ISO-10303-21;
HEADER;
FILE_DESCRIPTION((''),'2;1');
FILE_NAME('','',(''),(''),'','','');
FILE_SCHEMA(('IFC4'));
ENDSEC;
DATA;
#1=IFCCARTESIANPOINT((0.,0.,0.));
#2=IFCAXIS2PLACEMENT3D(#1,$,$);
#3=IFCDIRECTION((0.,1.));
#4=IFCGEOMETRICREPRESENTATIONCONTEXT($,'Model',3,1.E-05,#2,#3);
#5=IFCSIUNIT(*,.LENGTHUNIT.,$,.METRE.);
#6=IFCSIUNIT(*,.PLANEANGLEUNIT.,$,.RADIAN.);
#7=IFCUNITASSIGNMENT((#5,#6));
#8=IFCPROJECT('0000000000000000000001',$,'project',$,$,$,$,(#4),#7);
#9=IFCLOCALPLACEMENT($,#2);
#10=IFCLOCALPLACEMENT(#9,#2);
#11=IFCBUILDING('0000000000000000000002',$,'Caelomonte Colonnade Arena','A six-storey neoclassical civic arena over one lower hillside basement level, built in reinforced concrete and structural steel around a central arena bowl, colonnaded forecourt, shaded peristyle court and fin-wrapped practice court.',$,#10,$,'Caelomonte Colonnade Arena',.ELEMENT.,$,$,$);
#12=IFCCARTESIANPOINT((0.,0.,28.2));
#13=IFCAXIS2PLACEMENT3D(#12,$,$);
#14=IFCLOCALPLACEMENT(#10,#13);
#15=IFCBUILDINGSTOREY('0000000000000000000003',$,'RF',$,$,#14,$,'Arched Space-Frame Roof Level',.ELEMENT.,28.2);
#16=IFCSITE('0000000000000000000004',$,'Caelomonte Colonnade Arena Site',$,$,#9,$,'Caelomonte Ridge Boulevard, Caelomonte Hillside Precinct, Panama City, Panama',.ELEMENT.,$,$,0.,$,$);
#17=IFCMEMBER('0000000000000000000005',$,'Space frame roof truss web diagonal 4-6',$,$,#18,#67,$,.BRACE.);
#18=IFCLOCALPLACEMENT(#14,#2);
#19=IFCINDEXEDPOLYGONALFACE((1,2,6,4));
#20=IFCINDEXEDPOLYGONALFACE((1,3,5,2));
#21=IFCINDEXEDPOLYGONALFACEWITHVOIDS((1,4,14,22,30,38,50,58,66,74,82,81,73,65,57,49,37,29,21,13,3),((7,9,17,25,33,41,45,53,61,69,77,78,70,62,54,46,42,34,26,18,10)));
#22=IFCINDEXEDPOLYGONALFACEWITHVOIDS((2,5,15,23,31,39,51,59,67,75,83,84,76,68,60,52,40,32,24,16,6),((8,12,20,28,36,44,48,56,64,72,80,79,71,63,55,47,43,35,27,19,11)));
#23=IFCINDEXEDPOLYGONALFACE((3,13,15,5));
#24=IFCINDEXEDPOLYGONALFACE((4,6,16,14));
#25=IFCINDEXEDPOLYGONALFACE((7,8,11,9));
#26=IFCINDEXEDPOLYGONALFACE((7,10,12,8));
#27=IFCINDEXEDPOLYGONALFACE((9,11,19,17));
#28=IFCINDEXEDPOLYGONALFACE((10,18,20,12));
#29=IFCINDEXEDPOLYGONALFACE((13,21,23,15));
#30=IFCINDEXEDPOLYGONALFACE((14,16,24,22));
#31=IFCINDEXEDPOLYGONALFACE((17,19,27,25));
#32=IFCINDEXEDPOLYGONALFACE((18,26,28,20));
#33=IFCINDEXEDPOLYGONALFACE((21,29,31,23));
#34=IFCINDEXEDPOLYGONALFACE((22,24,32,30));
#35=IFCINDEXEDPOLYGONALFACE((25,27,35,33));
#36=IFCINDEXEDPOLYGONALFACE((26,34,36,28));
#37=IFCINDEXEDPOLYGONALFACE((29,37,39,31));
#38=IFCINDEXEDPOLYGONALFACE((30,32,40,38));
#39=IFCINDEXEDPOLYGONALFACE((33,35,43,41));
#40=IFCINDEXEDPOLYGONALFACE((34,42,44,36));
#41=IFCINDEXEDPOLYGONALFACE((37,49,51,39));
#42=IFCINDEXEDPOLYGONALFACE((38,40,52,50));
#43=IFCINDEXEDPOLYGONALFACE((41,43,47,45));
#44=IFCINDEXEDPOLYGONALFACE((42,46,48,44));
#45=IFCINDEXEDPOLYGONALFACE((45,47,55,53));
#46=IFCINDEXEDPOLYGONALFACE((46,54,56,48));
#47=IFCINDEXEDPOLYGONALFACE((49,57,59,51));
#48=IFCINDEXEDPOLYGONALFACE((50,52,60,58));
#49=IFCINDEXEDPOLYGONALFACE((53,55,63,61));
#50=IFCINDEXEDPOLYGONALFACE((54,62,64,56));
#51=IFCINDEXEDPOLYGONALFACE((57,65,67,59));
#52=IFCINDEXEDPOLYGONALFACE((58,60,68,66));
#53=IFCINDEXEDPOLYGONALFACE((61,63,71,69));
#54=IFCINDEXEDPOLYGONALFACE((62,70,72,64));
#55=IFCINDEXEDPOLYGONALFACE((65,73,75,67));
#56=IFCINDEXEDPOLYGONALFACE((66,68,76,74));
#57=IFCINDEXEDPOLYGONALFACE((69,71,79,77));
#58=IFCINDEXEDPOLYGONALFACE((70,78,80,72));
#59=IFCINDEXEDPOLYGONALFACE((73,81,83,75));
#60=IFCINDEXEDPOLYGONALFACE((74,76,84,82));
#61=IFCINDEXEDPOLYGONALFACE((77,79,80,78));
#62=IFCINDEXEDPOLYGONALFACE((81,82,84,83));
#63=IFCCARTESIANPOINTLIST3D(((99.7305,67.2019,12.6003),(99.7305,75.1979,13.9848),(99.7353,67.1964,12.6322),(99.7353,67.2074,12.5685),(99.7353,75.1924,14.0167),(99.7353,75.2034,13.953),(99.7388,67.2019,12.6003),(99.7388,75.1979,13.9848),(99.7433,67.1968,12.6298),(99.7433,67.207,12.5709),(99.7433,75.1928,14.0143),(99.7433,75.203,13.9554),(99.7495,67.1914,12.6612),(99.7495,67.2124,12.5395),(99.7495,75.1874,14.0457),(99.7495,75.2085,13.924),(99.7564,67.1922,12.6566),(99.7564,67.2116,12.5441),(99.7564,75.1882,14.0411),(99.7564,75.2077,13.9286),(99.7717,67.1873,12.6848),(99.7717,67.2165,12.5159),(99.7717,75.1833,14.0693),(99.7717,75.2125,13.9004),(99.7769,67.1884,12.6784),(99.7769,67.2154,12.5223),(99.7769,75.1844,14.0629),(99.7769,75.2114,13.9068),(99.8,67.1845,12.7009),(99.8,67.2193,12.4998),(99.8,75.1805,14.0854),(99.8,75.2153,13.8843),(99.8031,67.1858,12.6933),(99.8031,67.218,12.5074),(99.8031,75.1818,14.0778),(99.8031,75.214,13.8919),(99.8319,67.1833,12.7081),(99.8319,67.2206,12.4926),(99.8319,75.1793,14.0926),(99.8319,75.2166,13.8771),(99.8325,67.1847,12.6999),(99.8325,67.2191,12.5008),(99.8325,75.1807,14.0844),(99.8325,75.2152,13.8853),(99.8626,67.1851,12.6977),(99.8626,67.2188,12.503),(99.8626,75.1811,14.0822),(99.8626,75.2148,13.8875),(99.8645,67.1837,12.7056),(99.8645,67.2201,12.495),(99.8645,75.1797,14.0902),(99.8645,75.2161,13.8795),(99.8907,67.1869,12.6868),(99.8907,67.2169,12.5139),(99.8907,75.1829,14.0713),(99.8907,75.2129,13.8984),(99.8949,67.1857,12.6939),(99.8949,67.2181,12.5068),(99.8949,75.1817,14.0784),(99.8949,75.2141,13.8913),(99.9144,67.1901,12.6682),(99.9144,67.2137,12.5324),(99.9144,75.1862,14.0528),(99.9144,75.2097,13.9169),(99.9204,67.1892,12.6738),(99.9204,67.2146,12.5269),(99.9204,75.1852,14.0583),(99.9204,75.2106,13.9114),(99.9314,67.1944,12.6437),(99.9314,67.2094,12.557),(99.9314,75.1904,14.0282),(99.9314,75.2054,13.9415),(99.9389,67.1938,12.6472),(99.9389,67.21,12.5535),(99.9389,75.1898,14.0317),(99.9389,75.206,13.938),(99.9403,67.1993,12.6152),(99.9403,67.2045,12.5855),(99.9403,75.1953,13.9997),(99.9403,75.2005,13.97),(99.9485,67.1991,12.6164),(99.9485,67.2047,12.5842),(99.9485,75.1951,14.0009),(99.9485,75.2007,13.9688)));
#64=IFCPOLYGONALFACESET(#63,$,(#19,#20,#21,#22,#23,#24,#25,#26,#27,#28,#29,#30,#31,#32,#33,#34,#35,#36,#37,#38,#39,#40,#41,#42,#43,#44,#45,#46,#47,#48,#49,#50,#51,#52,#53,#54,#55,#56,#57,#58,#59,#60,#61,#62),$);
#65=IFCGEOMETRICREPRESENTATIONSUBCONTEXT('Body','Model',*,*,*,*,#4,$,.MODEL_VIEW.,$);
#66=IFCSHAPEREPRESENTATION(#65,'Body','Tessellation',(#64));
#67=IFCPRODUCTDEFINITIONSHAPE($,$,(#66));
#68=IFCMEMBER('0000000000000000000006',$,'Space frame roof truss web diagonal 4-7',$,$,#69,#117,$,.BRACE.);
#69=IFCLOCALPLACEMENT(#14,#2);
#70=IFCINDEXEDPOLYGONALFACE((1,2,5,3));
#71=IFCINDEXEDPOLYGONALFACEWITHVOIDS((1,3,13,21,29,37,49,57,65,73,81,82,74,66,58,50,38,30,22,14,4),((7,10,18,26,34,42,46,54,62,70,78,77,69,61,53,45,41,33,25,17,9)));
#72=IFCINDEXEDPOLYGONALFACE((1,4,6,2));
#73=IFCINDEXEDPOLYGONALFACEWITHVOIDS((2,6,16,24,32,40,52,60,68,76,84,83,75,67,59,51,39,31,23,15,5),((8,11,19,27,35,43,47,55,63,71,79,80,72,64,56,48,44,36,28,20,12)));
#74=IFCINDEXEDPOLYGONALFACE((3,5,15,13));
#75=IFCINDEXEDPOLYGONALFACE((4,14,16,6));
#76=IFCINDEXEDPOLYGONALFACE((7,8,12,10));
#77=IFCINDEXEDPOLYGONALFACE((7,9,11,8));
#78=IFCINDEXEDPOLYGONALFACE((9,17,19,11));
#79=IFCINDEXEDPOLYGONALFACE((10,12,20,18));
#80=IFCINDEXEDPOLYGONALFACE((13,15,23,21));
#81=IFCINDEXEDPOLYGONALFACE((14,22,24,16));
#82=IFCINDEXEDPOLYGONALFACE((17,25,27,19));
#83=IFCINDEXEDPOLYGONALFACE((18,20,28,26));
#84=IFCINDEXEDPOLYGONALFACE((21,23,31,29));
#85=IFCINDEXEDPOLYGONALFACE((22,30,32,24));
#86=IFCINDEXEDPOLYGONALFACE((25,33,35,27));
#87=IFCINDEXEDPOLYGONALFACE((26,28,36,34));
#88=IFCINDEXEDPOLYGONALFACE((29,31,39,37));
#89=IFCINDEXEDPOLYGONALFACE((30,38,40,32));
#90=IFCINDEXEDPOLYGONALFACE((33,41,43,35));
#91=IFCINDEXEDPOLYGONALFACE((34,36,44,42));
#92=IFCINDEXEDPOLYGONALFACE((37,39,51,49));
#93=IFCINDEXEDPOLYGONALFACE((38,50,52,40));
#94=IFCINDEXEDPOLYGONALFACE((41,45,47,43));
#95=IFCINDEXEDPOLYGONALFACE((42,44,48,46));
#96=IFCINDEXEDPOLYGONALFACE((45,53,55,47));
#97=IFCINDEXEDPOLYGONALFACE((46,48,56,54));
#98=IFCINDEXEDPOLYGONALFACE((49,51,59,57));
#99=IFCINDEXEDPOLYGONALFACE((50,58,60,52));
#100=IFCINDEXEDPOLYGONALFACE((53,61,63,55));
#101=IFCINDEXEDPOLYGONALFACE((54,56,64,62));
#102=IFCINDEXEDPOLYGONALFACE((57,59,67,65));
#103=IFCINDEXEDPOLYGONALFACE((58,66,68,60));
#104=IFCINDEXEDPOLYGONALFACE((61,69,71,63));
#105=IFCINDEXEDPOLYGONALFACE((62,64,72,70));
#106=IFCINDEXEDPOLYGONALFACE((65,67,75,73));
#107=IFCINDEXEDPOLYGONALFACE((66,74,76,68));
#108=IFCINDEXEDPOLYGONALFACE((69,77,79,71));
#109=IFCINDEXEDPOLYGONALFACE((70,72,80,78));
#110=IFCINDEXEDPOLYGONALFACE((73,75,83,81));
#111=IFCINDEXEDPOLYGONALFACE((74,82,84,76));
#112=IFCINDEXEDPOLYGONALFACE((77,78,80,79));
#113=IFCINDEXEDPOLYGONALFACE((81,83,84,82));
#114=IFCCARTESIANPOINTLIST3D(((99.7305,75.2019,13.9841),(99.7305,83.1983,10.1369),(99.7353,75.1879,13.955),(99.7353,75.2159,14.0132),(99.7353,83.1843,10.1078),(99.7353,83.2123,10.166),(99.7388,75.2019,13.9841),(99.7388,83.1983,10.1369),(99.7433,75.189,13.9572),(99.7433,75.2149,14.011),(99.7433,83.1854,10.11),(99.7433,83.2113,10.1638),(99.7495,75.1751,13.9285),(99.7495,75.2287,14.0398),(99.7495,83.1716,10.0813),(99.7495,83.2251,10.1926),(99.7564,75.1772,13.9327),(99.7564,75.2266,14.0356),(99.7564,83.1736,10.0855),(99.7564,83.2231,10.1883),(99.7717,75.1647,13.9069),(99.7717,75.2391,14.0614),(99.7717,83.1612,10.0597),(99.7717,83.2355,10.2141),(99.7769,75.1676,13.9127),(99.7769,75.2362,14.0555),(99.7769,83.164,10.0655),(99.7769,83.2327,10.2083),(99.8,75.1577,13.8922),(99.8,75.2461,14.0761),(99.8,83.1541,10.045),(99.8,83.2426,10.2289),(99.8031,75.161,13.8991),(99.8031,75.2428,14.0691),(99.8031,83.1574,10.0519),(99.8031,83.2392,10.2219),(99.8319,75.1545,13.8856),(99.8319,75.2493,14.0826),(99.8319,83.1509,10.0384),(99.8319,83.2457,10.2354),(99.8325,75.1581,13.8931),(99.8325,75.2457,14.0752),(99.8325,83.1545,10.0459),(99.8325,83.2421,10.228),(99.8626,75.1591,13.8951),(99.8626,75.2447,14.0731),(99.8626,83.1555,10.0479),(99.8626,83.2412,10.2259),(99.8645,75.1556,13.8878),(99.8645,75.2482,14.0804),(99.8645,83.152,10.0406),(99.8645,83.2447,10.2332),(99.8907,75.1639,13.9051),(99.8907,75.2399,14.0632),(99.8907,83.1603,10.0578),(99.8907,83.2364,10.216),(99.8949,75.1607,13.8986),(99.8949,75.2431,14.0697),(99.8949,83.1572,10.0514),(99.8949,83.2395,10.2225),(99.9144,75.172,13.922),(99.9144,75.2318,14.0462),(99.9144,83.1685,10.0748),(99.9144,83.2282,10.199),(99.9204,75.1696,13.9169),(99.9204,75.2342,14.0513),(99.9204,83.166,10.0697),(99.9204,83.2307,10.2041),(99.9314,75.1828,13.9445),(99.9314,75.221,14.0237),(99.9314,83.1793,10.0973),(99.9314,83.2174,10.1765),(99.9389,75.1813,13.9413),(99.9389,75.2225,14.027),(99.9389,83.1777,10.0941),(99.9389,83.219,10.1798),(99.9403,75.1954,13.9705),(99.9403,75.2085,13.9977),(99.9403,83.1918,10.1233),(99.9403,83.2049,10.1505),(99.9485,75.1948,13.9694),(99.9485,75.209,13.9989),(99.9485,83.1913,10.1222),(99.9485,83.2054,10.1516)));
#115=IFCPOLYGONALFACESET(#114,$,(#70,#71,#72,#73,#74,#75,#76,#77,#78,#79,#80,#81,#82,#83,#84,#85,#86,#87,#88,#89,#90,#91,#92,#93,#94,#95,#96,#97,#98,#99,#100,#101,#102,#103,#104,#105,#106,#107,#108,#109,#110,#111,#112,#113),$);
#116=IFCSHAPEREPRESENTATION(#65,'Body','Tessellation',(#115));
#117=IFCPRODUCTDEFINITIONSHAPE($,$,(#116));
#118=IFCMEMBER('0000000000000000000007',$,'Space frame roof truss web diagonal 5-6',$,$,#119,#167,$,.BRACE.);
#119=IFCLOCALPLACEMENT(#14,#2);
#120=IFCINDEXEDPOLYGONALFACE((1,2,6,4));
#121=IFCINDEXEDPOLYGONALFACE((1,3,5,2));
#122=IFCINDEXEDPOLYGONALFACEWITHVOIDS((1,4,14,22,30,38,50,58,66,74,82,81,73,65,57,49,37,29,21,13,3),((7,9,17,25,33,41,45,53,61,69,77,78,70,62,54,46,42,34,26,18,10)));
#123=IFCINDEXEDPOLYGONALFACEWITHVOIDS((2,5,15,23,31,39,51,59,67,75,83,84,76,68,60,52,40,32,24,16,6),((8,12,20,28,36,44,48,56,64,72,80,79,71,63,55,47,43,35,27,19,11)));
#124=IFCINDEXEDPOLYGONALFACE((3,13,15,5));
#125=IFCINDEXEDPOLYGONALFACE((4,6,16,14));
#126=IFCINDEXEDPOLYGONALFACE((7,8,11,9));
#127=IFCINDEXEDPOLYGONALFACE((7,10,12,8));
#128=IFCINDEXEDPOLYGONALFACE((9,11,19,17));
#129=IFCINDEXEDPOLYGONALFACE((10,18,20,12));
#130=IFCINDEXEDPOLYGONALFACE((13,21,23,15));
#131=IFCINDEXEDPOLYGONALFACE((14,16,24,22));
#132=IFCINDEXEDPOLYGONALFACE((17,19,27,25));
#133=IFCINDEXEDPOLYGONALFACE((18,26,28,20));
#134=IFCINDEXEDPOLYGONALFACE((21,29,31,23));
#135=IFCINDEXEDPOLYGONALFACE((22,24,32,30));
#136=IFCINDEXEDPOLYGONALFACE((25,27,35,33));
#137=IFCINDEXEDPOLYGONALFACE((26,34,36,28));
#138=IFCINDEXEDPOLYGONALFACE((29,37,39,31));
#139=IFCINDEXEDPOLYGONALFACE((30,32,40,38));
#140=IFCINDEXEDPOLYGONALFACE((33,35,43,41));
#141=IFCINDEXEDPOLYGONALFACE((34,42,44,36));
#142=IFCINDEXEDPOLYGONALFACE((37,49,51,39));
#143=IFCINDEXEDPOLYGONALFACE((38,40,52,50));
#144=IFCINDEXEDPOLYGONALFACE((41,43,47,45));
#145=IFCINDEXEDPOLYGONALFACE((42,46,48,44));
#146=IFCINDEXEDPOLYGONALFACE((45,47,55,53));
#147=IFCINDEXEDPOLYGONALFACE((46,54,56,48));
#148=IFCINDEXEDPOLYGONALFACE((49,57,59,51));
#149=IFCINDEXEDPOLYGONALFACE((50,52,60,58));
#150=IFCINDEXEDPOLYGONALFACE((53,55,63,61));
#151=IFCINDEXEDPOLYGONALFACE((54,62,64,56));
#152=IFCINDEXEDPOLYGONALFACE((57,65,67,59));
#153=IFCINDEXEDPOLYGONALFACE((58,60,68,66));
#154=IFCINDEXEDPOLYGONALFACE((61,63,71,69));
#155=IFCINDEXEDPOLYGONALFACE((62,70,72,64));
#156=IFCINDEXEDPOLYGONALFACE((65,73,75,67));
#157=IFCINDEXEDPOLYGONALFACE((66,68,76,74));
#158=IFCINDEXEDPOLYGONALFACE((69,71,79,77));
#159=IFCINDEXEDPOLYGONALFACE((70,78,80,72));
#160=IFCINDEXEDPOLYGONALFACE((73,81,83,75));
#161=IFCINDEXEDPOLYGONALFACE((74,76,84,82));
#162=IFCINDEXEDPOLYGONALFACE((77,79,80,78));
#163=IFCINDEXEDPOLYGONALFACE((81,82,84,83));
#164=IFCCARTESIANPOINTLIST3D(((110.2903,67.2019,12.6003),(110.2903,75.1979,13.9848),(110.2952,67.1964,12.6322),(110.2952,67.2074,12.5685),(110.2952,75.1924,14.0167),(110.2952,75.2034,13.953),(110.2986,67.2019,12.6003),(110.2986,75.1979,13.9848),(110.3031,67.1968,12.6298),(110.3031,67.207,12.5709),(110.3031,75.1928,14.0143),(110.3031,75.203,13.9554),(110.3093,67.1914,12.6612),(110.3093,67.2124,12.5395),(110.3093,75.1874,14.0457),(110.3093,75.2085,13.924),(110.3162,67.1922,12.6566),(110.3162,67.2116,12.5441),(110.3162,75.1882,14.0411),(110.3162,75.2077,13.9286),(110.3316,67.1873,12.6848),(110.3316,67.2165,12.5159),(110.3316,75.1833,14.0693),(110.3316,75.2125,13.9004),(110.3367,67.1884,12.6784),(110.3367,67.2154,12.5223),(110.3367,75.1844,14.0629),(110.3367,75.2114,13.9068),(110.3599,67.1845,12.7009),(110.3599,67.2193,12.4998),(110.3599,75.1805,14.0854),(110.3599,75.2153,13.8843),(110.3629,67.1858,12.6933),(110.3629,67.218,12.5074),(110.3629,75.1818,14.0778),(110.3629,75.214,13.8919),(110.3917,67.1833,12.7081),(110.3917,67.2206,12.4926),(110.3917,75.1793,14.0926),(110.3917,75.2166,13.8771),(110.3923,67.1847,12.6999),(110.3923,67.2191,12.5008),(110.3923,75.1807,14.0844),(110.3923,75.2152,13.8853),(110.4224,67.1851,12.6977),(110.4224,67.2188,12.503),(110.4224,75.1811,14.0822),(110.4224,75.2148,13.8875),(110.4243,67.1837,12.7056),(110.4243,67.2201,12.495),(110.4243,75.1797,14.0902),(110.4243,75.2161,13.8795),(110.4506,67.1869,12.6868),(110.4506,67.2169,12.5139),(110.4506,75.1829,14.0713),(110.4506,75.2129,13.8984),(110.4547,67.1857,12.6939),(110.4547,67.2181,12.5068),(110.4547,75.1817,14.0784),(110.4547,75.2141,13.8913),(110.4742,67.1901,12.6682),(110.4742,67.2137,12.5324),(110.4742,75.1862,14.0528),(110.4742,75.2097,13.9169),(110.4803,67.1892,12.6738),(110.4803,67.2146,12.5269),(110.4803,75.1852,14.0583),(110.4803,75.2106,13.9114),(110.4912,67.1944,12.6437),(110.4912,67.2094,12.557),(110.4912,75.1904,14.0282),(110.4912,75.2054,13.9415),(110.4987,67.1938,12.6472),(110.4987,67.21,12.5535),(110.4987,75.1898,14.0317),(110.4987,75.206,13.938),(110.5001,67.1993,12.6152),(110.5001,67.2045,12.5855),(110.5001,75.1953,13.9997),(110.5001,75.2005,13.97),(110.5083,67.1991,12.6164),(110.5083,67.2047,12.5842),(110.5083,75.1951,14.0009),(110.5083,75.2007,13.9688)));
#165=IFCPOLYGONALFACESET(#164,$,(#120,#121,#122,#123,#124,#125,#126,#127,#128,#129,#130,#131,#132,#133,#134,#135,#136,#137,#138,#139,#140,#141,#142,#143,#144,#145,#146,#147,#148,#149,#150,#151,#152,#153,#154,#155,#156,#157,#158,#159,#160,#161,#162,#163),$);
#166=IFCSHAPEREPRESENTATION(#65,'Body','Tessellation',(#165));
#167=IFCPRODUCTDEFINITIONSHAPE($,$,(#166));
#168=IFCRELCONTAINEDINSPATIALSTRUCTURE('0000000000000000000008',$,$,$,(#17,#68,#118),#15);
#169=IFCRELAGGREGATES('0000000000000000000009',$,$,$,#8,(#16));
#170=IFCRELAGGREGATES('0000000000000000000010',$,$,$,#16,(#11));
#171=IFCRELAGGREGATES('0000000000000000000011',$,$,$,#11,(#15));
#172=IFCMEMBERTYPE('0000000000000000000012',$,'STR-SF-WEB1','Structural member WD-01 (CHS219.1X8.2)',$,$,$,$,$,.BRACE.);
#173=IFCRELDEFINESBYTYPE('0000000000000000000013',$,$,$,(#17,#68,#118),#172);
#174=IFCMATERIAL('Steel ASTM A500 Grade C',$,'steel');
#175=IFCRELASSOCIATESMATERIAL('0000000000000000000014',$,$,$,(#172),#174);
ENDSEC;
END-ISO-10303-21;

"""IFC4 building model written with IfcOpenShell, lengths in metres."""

from ifc_helpers import new_model, si_unit, direction, frame, origin, origin_2d, place, context, subcontext, project, spatial, hollow_circle, extrude, material, material_profile, profile_set, type_object, element, save


model = new_model("IFC4")

# Units and contexts
model_context = context("Model", 3, precision=1e-05, world=origin(), true_north=direction((0.0, 1.0)))
body_context = subcontext(model_context, "Body", "Model", "MODEL_VIEW")
ifc_project = project(units=[si_unit("LENGTHUNIT", "METRE"), si_unit("PLANEANGLEUNIT", "RADIAN")], contexts=[model_context])

# Site, building, storey
site_placement = place(None, origin())
site = spatial("IfcSite", under=ifc_project, at=site_placement, Name="Caelomonte Colonnade Arena Site", LongName="Caelomonte Ridge Boulevard, Caelomonte Hillside Precinct, Panama City, Panama", CompositionType="ELEMENT", RefElevation=0.0)
building_placement = place(site_placement, origin())
building = spatial("IfcBuilding", under=site, at=building_placement, Name="Caelomonte Colonnade Arena", Description="A six-storey neoclassical civic arena over one lower hillside basement level, built in reinforced concrete and structural steel around a central arena bowl, colonnaded forecourt, shaded peristyle court and fin-wrapped practice court.", LongName="Caelomonte Colonnade Arena", CompositionType="ELEMENT")
storey_placement = place(building_placement, frame((0.0, 0.0, 28.2)))
storey = spatial("IfcBuildingStorey", under=building, at=storey_placement, Name="RF", LongName="Arched Space-Frame Roof Level", CompositionType="ELEMENT", Elevation=28.2)

# Members
ifc_material_1 = material(Name="Steel ASTM A500 Grade C", Category="steel")
ifc_material_profile_1 = material_profile(ifc_material_1, hollow_circle(Radius=0.1096, WallThickness=0.0083, at=origin_2d()), Name="CHS219.1X8.2")
ifc_profile_set_1 = profile_set([ifc_material_profile_1], Name="Steel ASTM A500 Grade C")
member_type_1 = type_object("IfcMemberType", Name="STR-SF-WEB1", Description="Structural member WD-01 (CHS219.1X8.2)", PredefinedType="BRACE", material=ifc_profile_set_1)
member_1_placement = place(storey_placement, frame((99.8401, 67.2019, 12.6003), z_axis=(0.0, 0.985338, 0.170611), x_axis=(-1.0, 0.0, 0.0)))
element("IfcMember", 1, at=member_1_placement, inside=storey, type_object=member_type_1, Name="Space frame roof truss web diagonal 4-6", PredefinedType="BRACE", context=body_context, shape_type="SweptSolid", body=[
    extrude(hollow_circle(Radius=0.1096, WallThickness=0.0083, at=origin_2d()), origin(), (0.0, 0.0, 1.0), 8.115),
])
member_2_placement = place(storey_placement, frame((99.8401, 75.2019, 13.9841), z_axis=(0.0, 0.90113, -0.433548), x_axis=(-1.0, 0.0, 0.0)))
element("IfcMember", 2, at=member_2_placement, inside=storey, type_object=member_type_1, Name="Space frame roof truss web diagonal 4-7", PredefinedType="BRACE", context=body_context, shape_type="SweptSolid", body=[
    extrude(hollow_circle(Radius=0.1096, WallThickness=0.0083, at=origin_2d()), origin(), (0.0, 0.0, 1.0), 8.8738),
])
member_3_placement = place(storey_placement, frame((110.3999, 67.2019, 12.6003), z_axis=(0.0, 0.985338, 0.170611), x_axis=(-1.0, 0.0, 0.0)))
element("IfcMember", 3, at=member_3_placement, inside=storey, type_object=member_type_1, Name="Space frame roof truss web diagonal 5-6", PredefinedType="BRACE", context=body_context, shape_type="SweptSolid", body=[
    extrude(hollow_circle(Radius=0.1096, WallThickness=0.0083, at=origin_2d()), origin(), (0.0, 0.0, 1.0), 8.115),
])

save(model, "model.ifc")
